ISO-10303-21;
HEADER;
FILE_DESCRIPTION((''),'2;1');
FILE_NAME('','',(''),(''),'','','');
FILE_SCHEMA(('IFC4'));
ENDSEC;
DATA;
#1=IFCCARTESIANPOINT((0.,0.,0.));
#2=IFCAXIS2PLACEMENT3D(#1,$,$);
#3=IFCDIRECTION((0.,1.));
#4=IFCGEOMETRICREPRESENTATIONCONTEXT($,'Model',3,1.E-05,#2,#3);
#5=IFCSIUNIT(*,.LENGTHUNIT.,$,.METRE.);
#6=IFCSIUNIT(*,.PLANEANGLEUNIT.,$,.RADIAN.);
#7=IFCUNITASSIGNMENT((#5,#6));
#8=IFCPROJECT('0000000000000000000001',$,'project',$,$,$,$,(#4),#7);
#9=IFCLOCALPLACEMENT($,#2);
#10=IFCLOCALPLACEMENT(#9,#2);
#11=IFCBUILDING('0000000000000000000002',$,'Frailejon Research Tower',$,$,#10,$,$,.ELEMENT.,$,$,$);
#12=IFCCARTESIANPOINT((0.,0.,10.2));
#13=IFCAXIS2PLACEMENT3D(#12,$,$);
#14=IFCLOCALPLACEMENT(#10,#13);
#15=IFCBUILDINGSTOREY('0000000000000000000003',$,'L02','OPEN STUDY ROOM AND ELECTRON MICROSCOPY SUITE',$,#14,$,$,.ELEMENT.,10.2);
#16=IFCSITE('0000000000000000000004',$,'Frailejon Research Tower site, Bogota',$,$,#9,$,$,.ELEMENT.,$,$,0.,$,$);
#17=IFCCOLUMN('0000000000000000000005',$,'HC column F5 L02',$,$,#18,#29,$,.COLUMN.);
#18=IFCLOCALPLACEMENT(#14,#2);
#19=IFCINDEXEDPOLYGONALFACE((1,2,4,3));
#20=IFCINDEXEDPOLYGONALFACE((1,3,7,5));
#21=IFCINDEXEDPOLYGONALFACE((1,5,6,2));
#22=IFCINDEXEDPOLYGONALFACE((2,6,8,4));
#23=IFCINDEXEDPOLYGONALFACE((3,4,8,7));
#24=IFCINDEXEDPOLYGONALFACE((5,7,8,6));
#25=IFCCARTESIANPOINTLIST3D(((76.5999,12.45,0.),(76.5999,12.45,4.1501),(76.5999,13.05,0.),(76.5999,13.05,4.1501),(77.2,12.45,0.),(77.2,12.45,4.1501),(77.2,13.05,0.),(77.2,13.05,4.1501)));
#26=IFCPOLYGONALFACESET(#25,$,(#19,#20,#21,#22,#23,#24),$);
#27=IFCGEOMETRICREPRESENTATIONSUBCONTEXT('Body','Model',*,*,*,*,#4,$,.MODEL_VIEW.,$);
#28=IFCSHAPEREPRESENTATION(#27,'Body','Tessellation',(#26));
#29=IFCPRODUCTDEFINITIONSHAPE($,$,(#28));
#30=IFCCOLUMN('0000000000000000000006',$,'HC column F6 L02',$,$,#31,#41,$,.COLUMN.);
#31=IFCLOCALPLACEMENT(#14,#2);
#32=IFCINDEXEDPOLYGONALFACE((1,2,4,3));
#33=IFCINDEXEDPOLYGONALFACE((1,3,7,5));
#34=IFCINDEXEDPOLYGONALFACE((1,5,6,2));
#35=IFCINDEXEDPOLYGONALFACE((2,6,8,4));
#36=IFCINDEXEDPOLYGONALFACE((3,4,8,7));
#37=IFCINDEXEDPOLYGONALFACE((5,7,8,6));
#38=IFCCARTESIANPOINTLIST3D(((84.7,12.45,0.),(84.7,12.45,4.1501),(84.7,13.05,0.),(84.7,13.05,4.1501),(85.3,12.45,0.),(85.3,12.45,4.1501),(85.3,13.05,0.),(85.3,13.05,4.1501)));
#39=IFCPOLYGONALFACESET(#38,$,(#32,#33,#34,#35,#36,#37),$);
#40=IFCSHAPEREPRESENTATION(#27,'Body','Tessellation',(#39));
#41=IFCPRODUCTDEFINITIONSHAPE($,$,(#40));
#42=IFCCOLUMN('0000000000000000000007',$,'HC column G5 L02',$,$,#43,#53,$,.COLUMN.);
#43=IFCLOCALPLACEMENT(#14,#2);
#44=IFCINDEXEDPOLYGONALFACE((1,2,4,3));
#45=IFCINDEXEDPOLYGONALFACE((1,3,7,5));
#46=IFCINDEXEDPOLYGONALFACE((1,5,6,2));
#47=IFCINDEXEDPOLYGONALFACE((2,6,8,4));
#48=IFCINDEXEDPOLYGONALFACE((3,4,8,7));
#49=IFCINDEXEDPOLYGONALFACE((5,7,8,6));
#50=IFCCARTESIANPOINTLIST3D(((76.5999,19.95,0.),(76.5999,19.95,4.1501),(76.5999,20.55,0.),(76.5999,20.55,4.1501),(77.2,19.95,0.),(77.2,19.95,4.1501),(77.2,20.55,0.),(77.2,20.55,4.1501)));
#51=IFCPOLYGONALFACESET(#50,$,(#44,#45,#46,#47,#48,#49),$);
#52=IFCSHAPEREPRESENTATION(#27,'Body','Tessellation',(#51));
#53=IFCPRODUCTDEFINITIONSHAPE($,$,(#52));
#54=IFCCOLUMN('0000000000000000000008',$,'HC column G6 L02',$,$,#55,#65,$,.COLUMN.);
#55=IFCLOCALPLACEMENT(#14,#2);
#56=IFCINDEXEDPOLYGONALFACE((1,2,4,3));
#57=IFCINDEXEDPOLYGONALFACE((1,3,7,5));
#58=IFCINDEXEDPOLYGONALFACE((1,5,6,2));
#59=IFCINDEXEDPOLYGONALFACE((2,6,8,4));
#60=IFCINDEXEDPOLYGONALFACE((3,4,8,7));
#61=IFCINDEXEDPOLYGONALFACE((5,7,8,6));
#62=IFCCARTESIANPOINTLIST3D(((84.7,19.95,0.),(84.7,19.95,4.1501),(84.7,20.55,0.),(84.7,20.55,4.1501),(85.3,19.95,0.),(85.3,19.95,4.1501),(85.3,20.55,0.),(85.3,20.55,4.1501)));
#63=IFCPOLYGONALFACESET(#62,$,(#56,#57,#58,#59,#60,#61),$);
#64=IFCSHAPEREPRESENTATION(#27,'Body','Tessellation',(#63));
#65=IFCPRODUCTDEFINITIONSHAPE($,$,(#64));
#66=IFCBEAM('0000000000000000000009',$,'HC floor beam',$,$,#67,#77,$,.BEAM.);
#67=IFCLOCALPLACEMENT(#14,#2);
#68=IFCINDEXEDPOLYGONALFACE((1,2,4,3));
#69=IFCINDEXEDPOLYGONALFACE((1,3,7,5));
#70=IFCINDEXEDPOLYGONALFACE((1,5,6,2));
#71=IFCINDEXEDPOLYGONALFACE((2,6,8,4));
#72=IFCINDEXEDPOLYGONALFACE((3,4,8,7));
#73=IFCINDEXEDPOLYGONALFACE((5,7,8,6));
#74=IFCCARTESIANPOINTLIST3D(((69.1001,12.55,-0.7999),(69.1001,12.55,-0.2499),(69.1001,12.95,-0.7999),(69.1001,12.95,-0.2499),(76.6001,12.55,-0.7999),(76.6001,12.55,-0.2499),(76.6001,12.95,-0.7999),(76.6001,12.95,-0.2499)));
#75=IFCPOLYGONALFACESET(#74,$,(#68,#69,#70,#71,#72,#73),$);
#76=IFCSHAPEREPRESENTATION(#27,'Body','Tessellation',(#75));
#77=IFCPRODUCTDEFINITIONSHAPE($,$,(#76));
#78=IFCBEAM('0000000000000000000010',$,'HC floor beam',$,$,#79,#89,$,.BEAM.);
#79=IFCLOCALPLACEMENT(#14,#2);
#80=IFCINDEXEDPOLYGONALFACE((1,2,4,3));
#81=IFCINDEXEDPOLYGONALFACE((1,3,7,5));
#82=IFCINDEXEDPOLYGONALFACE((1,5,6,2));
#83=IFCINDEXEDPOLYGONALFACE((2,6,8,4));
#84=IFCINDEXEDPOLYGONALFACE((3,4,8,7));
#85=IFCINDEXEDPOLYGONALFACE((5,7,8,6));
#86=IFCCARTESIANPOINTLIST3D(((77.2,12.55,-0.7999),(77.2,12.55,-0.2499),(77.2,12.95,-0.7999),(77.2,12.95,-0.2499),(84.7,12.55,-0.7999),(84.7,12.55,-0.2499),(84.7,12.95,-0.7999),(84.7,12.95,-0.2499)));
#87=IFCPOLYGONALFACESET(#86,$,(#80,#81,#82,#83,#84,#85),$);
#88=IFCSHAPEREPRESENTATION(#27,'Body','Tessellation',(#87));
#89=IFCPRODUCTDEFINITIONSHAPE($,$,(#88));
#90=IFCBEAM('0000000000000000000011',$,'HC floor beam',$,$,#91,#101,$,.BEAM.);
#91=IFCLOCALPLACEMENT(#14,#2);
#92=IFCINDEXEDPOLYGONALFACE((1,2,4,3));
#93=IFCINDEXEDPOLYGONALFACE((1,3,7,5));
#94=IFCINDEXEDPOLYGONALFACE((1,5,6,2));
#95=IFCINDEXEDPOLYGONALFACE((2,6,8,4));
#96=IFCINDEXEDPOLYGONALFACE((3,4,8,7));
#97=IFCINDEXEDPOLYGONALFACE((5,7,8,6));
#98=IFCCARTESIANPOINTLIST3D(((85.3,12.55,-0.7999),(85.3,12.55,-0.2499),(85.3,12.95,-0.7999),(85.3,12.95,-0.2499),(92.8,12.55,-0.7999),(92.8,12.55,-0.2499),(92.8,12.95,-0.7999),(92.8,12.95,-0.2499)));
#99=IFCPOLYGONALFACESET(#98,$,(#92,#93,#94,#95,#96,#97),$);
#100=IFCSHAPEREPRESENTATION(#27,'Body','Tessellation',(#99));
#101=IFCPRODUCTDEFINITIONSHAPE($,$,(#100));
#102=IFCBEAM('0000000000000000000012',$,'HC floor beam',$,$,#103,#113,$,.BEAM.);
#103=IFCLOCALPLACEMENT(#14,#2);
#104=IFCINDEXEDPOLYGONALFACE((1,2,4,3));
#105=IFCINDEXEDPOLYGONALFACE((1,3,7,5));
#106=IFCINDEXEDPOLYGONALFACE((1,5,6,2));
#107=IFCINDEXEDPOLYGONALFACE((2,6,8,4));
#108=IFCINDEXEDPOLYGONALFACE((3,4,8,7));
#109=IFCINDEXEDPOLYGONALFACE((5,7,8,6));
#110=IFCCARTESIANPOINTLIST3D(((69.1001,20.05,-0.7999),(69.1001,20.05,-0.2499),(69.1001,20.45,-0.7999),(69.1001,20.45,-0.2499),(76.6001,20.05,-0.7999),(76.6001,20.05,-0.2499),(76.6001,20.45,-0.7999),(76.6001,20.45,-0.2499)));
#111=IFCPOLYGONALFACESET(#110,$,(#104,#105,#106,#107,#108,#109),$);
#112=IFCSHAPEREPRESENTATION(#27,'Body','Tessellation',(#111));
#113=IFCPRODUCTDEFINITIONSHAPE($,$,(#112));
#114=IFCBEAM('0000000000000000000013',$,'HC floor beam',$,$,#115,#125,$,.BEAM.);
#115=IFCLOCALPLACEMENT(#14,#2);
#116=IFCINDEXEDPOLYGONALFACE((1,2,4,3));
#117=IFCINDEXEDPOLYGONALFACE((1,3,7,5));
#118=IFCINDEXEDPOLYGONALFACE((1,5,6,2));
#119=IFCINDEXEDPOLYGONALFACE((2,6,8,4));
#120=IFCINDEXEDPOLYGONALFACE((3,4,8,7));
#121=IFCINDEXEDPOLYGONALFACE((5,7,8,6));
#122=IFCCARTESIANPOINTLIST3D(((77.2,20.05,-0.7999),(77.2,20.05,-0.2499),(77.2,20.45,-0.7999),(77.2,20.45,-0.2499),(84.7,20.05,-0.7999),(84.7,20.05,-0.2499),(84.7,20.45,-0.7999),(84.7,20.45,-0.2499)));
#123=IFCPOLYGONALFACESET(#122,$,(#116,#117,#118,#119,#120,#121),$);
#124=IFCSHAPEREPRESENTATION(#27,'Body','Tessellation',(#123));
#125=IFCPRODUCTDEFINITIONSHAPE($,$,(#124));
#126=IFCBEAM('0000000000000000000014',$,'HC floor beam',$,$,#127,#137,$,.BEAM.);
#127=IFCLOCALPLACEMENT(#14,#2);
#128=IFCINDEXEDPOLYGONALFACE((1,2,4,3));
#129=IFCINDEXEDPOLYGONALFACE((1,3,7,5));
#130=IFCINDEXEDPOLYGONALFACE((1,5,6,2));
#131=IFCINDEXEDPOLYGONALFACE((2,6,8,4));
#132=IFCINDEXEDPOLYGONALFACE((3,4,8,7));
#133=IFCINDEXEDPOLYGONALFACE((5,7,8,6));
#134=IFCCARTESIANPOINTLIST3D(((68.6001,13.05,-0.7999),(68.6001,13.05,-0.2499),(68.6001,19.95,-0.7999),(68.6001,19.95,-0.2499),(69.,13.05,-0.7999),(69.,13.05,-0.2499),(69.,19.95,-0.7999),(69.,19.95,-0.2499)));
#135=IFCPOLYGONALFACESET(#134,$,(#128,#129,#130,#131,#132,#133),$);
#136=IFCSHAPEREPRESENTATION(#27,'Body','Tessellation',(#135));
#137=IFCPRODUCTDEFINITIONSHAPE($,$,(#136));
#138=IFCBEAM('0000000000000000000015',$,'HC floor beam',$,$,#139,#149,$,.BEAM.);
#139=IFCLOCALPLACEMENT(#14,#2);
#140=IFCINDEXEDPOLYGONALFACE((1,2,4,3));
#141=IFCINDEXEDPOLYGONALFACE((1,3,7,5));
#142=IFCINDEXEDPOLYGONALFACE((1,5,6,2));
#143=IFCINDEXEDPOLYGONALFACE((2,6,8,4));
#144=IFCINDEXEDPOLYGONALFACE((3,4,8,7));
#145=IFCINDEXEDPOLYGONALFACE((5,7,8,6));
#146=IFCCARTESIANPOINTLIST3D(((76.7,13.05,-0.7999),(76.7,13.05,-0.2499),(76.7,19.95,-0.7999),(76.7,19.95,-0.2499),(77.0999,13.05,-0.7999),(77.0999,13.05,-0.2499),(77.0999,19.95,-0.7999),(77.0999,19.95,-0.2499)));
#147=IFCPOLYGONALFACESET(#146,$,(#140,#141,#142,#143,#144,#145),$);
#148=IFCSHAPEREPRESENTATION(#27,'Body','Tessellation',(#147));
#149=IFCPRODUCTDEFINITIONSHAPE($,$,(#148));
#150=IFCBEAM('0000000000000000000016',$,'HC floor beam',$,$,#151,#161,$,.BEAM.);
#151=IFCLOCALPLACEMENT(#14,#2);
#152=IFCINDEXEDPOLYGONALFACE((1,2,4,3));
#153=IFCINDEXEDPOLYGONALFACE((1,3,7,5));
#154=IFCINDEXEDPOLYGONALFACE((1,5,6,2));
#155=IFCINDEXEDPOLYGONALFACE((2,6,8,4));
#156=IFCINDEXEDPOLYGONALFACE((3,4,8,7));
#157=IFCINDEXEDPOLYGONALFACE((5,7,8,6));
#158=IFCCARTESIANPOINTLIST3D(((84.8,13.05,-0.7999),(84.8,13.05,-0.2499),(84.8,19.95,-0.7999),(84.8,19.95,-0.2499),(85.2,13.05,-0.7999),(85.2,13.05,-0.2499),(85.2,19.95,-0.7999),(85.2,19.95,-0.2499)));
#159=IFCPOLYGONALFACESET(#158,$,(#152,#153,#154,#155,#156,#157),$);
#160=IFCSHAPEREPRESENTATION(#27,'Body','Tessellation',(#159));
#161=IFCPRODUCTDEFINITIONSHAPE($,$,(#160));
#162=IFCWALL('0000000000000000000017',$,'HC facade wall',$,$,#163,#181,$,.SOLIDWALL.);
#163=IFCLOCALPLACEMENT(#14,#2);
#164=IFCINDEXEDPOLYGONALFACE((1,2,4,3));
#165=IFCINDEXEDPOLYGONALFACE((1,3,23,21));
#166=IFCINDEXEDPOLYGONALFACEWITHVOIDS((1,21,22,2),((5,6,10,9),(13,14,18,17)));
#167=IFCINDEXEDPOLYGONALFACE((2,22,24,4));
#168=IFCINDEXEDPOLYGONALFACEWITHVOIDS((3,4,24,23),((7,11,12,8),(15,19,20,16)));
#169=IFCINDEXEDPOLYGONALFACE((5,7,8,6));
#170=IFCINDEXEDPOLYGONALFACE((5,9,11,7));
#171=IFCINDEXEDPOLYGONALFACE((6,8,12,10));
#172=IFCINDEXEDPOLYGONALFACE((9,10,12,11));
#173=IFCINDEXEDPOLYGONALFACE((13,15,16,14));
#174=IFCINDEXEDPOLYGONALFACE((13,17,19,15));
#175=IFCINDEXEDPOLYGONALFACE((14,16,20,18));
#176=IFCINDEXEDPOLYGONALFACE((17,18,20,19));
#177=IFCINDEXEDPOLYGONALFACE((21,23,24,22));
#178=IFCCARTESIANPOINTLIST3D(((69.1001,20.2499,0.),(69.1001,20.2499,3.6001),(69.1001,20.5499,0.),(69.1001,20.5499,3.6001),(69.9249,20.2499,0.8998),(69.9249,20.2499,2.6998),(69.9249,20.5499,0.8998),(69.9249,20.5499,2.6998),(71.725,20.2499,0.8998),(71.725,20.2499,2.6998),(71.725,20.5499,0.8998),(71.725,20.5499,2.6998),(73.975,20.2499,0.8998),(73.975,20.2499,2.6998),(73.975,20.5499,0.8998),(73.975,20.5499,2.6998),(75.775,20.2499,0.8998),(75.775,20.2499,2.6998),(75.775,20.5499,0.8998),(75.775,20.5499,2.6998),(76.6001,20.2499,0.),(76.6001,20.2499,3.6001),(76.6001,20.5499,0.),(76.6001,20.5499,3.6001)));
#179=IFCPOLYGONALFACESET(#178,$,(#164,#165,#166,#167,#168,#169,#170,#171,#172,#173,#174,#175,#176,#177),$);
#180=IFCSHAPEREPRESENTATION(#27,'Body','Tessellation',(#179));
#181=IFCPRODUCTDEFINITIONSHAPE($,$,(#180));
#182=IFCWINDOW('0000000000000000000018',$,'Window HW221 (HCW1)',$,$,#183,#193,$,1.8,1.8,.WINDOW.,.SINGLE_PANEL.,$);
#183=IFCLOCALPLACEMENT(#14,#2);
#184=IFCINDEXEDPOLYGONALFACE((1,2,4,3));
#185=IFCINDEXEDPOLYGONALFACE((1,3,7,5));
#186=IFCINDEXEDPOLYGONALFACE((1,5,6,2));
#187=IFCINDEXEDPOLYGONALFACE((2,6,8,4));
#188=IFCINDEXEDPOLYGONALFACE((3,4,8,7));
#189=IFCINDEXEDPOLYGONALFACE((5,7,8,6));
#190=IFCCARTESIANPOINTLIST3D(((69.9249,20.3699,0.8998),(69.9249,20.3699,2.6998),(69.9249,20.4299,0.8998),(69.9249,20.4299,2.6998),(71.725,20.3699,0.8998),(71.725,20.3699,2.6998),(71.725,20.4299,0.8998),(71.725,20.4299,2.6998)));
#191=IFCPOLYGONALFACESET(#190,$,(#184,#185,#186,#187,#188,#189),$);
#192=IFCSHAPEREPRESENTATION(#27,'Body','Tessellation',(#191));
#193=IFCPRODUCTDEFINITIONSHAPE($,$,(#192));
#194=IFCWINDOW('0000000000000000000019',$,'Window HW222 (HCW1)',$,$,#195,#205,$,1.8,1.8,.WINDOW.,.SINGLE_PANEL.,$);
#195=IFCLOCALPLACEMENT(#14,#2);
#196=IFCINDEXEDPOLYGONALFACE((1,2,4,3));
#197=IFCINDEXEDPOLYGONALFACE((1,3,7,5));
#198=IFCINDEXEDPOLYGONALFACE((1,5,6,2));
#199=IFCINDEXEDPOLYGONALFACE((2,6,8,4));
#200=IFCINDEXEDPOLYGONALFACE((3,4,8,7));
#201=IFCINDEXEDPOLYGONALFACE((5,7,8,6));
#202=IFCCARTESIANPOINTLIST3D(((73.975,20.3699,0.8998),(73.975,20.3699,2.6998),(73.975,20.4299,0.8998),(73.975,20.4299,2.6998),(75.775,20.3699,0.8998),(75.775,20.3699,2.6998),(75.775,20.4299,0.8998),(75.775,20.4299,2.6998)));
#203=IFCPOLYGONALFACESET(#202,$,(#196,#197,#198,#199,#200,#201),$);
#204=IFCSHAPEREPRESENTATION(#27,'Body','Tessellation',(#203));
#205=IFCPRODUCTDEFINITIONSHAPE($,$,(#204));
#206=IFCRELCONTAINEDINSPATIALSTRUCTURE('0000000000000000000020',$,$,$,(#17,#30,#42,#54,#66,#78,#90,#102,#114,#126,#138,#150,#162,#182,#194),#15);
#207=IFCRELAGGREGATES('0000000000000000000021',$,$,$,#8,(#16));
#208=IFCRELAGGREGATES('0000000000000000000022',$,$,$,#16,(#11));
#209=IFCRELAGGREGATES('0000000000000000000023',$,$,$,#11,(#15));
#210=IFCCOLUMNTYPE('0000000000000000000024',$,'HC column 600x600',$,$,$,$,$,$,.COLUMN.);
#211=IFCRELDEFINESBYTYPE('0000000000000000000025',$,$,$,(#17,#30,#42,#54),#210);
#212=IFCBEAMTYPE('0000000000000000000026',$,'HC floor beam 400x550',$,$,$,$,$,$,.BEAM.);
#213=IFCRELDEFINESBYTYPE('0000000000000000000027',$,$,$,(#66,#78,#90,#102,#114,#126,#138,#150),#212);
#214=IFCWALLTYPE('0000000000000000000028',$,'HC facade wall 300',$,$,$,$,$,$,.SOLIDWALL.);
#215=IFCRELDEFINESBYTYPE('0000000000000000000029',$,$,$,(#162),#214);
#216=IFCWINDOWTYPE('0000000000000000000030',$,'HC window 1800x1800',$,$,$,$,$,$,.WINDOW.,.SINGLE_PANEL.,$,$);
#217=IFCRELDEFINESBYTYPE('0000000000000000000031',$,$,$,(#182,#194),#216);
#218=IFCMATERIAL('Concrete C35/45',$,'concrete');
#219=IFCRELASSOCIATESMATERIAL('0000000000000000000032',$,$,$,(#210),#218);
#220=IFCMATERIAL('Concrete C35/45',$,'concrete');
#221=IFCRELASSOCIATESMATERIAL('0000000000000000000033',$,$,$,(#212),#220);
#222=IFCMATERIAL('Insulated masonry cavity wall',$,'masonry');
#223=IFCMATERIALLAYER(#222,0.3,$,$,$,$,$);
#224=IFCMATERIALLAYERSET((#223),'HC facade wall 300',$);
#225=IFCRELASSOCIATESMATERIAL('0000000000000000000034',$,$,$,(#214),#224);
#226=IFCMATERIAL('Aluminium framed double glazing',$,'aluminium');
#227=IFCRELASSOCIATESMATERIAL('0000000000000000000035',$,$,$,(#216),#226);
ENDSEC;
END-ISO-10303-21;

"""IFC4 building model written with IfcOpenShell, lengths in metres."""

from ifc_helpers import new_model, si_unit, direction, frame, frame_2d, origin, origin_2d, place, context, subcontext, project, spatial, rectangle, extrude, material, layer, layer_set, material_profile, profile_set, type_object, element, fill, save


model = new_model("IFC4")

# Units and contexts
model_context = context("Model", 3, precision=1e-05, world=origin(), true_north=direction((0.0, 1.0)))
body_context = subcontext(model_context, "Body", "Model", "MODEL_VIEW")
ifc_project = project(units=[si_unit("LENGTHUNIT", "METRE"), si_unit("PLANEANGLEUNIT", "RADIAN")], contexts=[model_context])

# Site, building, storey
site_placement = place(None, origin())
site = spatial("IfcSite", under=ifc_project, at=site_placement, Name="Frailejon Research Tower site, Bogota", CompositionType="ELEMENT", RefElevation=0.0)
building_placement = place(site_placement, origin())
building = spatial("IfcBuilding", under=site, at=building_placement, Name="Frailejon Research Tower", CompositionType="ELEMENT")
storey_placement = place(building_placement, frame((0.0, 0.0, 10.2)))
storey = spatial("IfcBuildingStorey", under=building, at=storey_placement, Name="L02", Description="OPEN STUDY ROOM AND ELECTRON MICROSCOPY SUITE", CompositionType="ELEMENT", Elevation=10.2)

# Columns
ifc_material_1 = material(Name="Concrete C35/45", Category="concrete")
ifc_material_profile_1 = material_profile(ifc_material_1, rectangle(XDim=0.6001, YDim=0.6001, at=origin_2d()), Name="HC column 600x600")
ifc_profile_set_1 = profile_set([ifc_material_profile_1], Name="Concrete C35/45")
column_type = type_object("IfcColumnType", Name="HC column 600x600", PredefinedType="COLUMN", material=ifc_profile_set_1)
for number, where, z_axis, x_axis, name in (
    (1, (76.8999, 12.75, 0.0), (0.0, 0.0, 1.0), (1.0, 0.0, 0.0), "HC column F5 L02"),
    (2, (85.0, 12.75, 0.0), (0.0, 0.0, 1.0), (1.0, 0.0, 0.0), "HC column F6 L02"),
    (3, (76.8999, 20.25, 0.0), (0.0, 0.0, 1.0), (1.0, 0.0, 0.0), "HC column G5 L02"),
    (4, (85.0, 20.25, 0.0), (0.0, 0.0, 1.0), (1.0, 0.0, 0.0), "HC column G6 L02"),
):
    element("IfcColumn", number, at=place(storey_placement, frame(where, z_axis=z_axis, x_axis=x_axis)), inside=storey, type_object=column_type, Name=name, PredefinedType="COLUMN", context=body_context, shape_type="SweptSolid", body=[
        extrude(rectangle(XDim=0.6001, YDim=0.6001, at=origin_2d()), origin(), (0.0, 0.0, 1.0), 4.1501),
    ])

# Beams
ifc_material_2 = material(Name="Concrete C35/45", Category="concrete")
ifc_material_profile_2 = material_profile(ifc_material_2, rectangle(XDim=0.3999, YDim=0.55, at=origin_2d()), Name="HC floor beam 400x550")
ifc_profile_set_2 = profile_set([ifc_material_profile_2], Name="Concrete C35/45")
beam_type = type_object("IfcBeamType", Name="HC floor beam 400x550", PredefinedType="BEAM", material=ifc_profile_set_2)
for number, where, z_axis, x_axis, name in (
    (5, (69.1001, 12.75, -0.5249), (1.0, 0.0, 0.0), (0.0, 1.0, 0.0), "HC floor beam"),
    (6, (77.2, 12.75, -0.5249), (1.0, 0.0, 0.0), (0.0, 1.0, 0.0), "HC floor beam"),
    (7, (85.3, 12.75, -0.5249), (1.0, 0.0, 0.0), (0.0, 1.0, 0.0), "HC floor beam"),
    (8, (69.1001, 20.25, -0.5249), (1.0, 0.0, 0.0), (0.0, 1.0, 0.0), "HC floor beam"),
    (9, (77.2, 20.25, -0.5249), (1.0, 0.0, 0.0), (0.0, 1.0, 0.0), "HC floor beam"),
):
    element("IfcBeam", number, at=place(storey_placement, frame(where, z_axis=z_axis, x_axis=x_axis)), inside=storey, type_object=beam_type, Name=name, PredefinedType="BEAM", context=body_context, shape_type="SweptSolid", body=[
        extrude(rectangle(XDim=0.3999, YDim=0.55, at=origin_2d()), origin(), (0.0, 0.0, 1.0), 7.5),
    ])
for number, where, z_axis, x_axis, name in (
    (10, (68.8, 13.05, -0.5249), (0.0, 1.0, 0.0), (-1.0, 0.0, 0.0), "HC floor beam"),
    (11, (76.8999, 13.05, -0.5249), (0.0, 1.0, 0.0), (-1.0, 0.0, 0.0), "HC floor beam"),
    (12, (85.0, 13.05, -0.5249), (0.0, 1.0, 0.0), (-1.0, 0.0, 0.0), "HC floor beam"),
):
    element("IfcBeam", number, at=place(storey_placement, frame(where, z_axis=z_axis, x_axis=x_axis)), inside=storey, type_object=beam_type, Name=name, PredefinedType="BEAM", context=body_context, shape_type="SweptSolid", body=[
        extrude(rectangle(XDim=0.3999, YDim=0.55, at=origin_2d()), origin(), (0.0, 0.0, 1.0), 6.8999),
    ])

# Wall, openings, windows
ifc_material_3 = material(Name="Insulated masonry cavity wall", Category="masonry")
ifc_layer_1 = layer(ifc_material_3, 0.3)
ifc_layer_set_1 = layer_set([ifc_layer_1], Name="HC facade wall 300")
wall_type_1 = type_object("IfcWallType", Name="HC facade wall 300", PredefinedType="SOLIDWALL", material=ifc_layer_set_1)
wall_1_placement = place(storey_placement, frame((69.1001, 20.3999, 0.0), z_axis=(0.0, 0.0, 1.0), x_axis=(1.0, 0.0, 0.0)))
wall_1 = element("IfcWall", 13, at=wall_1_placement, inside=storey, type_object=wall_type_1, Name="HC facade wall", PredefinedType="SOLIDWALL", context=body_context, shape_type="SweptSolid", body=[
    extrude(rectangle(XDim=7.5, YDim=0.3, at=frame_2d((3.75, 0.0))), origin(), (0.0, 0.0, 1.0), 3.6001),
])
opening_1_placement = place(wall_1_placement, frame((0.825, 0.0, 0.8999)))
opening_1 = element("IfcOpeningElement", 14, at=opening_1_placement, cuts=wall_1, PredefinedType="OPENING", context=body_context, shape_type="SweptSolid", body=[
    extrude(rectangle(XDim=1.8, YDim=1.8, at=frame_2d((0.8999, 0.8999))), frame((0.0, 0.1599, 0.0), z_axis=(0.0, -1.0, 0.0), x_axis=(1.0, 0.0, 0.0)), (0.0, 0.0, 1.0), 0.3201),
])
opening_2_placement = place(wall_1_placement, frame((4.875, 0.0, 0.8999)))
opening_2 = element("IfcOpeningElement", 15, at=opening_2_placement, cuts=wall_1, PredefinedType="OPENING", context=body_context, shape_type="SweptSolid", body=[
    extrude(rectangle(XDim=1.8, YDim=1.8, at=frame_2d((0.8999, 0.8999))), frame((0.0, 0.1599, 0.0), z_axis=(0.0, -1.0, 0.0), x_axis=(1.0, 0.0, 0.0)), (0.0, 0.0, 1.0), 0.3201),
])
ifc_material_4 = material(Name="Aluminium framed double glazing", Category="aluminium")
window_type = type_object("IfcWindowType", Name="HC window 1800x1800", PartitioningType="SINGLE_PANEL", PredefinedType="WINDOW", material=ifc_material_4)
window_1_placement = place(opening_1_placement, origin())
window_1 = element("IfcWindow", 16, at=window_1_placement, inside=storey, type_object=window_type, Name="Window HW221 (HCW1)", OverallHeight=1.8, OverallWidth=1.8, PartitioningType="SINGLE_PANEL", PredefinedType="WINDOW", context=body_context, shape_type="SweptSolid", body=[
    extrude(rectangle(XDim=1.8, YDim=1.8, at=frame_2d((0.8999, 0.8999))), frame((0.0, 0.03, 0.0), z_axis=(0.0, -1.0, 0.0), x_axis=(1.0, 0.0, 0.0)), (0.0, 0.0, 1.0), 0.0601),
])
fill(opening_1, window_1)
window_2_placement = place(opening_2_placement, origin())
window_2 = element("IfcWindow", 17, at=window_2_placement, inside=storey, type_object=window_type, Name="Window HW222 (HCW1)", OverallHeight=1.8, OverallWidth=1.8, PartitioningType="SINGLE_PANEL", PredefinedType="WINDOW", context=body_context, shape_type="SweptSolid", body=[
    extrude(rectangle(XDim=1.8, YDim=1.8, at=frame_2d((0.8999, 0.8999))), frame((0.0, 0.03, 0.0), z_axis=(0.0, -1.0, 0.0), x_axis=(1.0, 0.0, 0.0)), (0.0, 0.0, 1.0), 0.0601),
])
fill(opening_2, window_2)

save(model, "model.ifc")
